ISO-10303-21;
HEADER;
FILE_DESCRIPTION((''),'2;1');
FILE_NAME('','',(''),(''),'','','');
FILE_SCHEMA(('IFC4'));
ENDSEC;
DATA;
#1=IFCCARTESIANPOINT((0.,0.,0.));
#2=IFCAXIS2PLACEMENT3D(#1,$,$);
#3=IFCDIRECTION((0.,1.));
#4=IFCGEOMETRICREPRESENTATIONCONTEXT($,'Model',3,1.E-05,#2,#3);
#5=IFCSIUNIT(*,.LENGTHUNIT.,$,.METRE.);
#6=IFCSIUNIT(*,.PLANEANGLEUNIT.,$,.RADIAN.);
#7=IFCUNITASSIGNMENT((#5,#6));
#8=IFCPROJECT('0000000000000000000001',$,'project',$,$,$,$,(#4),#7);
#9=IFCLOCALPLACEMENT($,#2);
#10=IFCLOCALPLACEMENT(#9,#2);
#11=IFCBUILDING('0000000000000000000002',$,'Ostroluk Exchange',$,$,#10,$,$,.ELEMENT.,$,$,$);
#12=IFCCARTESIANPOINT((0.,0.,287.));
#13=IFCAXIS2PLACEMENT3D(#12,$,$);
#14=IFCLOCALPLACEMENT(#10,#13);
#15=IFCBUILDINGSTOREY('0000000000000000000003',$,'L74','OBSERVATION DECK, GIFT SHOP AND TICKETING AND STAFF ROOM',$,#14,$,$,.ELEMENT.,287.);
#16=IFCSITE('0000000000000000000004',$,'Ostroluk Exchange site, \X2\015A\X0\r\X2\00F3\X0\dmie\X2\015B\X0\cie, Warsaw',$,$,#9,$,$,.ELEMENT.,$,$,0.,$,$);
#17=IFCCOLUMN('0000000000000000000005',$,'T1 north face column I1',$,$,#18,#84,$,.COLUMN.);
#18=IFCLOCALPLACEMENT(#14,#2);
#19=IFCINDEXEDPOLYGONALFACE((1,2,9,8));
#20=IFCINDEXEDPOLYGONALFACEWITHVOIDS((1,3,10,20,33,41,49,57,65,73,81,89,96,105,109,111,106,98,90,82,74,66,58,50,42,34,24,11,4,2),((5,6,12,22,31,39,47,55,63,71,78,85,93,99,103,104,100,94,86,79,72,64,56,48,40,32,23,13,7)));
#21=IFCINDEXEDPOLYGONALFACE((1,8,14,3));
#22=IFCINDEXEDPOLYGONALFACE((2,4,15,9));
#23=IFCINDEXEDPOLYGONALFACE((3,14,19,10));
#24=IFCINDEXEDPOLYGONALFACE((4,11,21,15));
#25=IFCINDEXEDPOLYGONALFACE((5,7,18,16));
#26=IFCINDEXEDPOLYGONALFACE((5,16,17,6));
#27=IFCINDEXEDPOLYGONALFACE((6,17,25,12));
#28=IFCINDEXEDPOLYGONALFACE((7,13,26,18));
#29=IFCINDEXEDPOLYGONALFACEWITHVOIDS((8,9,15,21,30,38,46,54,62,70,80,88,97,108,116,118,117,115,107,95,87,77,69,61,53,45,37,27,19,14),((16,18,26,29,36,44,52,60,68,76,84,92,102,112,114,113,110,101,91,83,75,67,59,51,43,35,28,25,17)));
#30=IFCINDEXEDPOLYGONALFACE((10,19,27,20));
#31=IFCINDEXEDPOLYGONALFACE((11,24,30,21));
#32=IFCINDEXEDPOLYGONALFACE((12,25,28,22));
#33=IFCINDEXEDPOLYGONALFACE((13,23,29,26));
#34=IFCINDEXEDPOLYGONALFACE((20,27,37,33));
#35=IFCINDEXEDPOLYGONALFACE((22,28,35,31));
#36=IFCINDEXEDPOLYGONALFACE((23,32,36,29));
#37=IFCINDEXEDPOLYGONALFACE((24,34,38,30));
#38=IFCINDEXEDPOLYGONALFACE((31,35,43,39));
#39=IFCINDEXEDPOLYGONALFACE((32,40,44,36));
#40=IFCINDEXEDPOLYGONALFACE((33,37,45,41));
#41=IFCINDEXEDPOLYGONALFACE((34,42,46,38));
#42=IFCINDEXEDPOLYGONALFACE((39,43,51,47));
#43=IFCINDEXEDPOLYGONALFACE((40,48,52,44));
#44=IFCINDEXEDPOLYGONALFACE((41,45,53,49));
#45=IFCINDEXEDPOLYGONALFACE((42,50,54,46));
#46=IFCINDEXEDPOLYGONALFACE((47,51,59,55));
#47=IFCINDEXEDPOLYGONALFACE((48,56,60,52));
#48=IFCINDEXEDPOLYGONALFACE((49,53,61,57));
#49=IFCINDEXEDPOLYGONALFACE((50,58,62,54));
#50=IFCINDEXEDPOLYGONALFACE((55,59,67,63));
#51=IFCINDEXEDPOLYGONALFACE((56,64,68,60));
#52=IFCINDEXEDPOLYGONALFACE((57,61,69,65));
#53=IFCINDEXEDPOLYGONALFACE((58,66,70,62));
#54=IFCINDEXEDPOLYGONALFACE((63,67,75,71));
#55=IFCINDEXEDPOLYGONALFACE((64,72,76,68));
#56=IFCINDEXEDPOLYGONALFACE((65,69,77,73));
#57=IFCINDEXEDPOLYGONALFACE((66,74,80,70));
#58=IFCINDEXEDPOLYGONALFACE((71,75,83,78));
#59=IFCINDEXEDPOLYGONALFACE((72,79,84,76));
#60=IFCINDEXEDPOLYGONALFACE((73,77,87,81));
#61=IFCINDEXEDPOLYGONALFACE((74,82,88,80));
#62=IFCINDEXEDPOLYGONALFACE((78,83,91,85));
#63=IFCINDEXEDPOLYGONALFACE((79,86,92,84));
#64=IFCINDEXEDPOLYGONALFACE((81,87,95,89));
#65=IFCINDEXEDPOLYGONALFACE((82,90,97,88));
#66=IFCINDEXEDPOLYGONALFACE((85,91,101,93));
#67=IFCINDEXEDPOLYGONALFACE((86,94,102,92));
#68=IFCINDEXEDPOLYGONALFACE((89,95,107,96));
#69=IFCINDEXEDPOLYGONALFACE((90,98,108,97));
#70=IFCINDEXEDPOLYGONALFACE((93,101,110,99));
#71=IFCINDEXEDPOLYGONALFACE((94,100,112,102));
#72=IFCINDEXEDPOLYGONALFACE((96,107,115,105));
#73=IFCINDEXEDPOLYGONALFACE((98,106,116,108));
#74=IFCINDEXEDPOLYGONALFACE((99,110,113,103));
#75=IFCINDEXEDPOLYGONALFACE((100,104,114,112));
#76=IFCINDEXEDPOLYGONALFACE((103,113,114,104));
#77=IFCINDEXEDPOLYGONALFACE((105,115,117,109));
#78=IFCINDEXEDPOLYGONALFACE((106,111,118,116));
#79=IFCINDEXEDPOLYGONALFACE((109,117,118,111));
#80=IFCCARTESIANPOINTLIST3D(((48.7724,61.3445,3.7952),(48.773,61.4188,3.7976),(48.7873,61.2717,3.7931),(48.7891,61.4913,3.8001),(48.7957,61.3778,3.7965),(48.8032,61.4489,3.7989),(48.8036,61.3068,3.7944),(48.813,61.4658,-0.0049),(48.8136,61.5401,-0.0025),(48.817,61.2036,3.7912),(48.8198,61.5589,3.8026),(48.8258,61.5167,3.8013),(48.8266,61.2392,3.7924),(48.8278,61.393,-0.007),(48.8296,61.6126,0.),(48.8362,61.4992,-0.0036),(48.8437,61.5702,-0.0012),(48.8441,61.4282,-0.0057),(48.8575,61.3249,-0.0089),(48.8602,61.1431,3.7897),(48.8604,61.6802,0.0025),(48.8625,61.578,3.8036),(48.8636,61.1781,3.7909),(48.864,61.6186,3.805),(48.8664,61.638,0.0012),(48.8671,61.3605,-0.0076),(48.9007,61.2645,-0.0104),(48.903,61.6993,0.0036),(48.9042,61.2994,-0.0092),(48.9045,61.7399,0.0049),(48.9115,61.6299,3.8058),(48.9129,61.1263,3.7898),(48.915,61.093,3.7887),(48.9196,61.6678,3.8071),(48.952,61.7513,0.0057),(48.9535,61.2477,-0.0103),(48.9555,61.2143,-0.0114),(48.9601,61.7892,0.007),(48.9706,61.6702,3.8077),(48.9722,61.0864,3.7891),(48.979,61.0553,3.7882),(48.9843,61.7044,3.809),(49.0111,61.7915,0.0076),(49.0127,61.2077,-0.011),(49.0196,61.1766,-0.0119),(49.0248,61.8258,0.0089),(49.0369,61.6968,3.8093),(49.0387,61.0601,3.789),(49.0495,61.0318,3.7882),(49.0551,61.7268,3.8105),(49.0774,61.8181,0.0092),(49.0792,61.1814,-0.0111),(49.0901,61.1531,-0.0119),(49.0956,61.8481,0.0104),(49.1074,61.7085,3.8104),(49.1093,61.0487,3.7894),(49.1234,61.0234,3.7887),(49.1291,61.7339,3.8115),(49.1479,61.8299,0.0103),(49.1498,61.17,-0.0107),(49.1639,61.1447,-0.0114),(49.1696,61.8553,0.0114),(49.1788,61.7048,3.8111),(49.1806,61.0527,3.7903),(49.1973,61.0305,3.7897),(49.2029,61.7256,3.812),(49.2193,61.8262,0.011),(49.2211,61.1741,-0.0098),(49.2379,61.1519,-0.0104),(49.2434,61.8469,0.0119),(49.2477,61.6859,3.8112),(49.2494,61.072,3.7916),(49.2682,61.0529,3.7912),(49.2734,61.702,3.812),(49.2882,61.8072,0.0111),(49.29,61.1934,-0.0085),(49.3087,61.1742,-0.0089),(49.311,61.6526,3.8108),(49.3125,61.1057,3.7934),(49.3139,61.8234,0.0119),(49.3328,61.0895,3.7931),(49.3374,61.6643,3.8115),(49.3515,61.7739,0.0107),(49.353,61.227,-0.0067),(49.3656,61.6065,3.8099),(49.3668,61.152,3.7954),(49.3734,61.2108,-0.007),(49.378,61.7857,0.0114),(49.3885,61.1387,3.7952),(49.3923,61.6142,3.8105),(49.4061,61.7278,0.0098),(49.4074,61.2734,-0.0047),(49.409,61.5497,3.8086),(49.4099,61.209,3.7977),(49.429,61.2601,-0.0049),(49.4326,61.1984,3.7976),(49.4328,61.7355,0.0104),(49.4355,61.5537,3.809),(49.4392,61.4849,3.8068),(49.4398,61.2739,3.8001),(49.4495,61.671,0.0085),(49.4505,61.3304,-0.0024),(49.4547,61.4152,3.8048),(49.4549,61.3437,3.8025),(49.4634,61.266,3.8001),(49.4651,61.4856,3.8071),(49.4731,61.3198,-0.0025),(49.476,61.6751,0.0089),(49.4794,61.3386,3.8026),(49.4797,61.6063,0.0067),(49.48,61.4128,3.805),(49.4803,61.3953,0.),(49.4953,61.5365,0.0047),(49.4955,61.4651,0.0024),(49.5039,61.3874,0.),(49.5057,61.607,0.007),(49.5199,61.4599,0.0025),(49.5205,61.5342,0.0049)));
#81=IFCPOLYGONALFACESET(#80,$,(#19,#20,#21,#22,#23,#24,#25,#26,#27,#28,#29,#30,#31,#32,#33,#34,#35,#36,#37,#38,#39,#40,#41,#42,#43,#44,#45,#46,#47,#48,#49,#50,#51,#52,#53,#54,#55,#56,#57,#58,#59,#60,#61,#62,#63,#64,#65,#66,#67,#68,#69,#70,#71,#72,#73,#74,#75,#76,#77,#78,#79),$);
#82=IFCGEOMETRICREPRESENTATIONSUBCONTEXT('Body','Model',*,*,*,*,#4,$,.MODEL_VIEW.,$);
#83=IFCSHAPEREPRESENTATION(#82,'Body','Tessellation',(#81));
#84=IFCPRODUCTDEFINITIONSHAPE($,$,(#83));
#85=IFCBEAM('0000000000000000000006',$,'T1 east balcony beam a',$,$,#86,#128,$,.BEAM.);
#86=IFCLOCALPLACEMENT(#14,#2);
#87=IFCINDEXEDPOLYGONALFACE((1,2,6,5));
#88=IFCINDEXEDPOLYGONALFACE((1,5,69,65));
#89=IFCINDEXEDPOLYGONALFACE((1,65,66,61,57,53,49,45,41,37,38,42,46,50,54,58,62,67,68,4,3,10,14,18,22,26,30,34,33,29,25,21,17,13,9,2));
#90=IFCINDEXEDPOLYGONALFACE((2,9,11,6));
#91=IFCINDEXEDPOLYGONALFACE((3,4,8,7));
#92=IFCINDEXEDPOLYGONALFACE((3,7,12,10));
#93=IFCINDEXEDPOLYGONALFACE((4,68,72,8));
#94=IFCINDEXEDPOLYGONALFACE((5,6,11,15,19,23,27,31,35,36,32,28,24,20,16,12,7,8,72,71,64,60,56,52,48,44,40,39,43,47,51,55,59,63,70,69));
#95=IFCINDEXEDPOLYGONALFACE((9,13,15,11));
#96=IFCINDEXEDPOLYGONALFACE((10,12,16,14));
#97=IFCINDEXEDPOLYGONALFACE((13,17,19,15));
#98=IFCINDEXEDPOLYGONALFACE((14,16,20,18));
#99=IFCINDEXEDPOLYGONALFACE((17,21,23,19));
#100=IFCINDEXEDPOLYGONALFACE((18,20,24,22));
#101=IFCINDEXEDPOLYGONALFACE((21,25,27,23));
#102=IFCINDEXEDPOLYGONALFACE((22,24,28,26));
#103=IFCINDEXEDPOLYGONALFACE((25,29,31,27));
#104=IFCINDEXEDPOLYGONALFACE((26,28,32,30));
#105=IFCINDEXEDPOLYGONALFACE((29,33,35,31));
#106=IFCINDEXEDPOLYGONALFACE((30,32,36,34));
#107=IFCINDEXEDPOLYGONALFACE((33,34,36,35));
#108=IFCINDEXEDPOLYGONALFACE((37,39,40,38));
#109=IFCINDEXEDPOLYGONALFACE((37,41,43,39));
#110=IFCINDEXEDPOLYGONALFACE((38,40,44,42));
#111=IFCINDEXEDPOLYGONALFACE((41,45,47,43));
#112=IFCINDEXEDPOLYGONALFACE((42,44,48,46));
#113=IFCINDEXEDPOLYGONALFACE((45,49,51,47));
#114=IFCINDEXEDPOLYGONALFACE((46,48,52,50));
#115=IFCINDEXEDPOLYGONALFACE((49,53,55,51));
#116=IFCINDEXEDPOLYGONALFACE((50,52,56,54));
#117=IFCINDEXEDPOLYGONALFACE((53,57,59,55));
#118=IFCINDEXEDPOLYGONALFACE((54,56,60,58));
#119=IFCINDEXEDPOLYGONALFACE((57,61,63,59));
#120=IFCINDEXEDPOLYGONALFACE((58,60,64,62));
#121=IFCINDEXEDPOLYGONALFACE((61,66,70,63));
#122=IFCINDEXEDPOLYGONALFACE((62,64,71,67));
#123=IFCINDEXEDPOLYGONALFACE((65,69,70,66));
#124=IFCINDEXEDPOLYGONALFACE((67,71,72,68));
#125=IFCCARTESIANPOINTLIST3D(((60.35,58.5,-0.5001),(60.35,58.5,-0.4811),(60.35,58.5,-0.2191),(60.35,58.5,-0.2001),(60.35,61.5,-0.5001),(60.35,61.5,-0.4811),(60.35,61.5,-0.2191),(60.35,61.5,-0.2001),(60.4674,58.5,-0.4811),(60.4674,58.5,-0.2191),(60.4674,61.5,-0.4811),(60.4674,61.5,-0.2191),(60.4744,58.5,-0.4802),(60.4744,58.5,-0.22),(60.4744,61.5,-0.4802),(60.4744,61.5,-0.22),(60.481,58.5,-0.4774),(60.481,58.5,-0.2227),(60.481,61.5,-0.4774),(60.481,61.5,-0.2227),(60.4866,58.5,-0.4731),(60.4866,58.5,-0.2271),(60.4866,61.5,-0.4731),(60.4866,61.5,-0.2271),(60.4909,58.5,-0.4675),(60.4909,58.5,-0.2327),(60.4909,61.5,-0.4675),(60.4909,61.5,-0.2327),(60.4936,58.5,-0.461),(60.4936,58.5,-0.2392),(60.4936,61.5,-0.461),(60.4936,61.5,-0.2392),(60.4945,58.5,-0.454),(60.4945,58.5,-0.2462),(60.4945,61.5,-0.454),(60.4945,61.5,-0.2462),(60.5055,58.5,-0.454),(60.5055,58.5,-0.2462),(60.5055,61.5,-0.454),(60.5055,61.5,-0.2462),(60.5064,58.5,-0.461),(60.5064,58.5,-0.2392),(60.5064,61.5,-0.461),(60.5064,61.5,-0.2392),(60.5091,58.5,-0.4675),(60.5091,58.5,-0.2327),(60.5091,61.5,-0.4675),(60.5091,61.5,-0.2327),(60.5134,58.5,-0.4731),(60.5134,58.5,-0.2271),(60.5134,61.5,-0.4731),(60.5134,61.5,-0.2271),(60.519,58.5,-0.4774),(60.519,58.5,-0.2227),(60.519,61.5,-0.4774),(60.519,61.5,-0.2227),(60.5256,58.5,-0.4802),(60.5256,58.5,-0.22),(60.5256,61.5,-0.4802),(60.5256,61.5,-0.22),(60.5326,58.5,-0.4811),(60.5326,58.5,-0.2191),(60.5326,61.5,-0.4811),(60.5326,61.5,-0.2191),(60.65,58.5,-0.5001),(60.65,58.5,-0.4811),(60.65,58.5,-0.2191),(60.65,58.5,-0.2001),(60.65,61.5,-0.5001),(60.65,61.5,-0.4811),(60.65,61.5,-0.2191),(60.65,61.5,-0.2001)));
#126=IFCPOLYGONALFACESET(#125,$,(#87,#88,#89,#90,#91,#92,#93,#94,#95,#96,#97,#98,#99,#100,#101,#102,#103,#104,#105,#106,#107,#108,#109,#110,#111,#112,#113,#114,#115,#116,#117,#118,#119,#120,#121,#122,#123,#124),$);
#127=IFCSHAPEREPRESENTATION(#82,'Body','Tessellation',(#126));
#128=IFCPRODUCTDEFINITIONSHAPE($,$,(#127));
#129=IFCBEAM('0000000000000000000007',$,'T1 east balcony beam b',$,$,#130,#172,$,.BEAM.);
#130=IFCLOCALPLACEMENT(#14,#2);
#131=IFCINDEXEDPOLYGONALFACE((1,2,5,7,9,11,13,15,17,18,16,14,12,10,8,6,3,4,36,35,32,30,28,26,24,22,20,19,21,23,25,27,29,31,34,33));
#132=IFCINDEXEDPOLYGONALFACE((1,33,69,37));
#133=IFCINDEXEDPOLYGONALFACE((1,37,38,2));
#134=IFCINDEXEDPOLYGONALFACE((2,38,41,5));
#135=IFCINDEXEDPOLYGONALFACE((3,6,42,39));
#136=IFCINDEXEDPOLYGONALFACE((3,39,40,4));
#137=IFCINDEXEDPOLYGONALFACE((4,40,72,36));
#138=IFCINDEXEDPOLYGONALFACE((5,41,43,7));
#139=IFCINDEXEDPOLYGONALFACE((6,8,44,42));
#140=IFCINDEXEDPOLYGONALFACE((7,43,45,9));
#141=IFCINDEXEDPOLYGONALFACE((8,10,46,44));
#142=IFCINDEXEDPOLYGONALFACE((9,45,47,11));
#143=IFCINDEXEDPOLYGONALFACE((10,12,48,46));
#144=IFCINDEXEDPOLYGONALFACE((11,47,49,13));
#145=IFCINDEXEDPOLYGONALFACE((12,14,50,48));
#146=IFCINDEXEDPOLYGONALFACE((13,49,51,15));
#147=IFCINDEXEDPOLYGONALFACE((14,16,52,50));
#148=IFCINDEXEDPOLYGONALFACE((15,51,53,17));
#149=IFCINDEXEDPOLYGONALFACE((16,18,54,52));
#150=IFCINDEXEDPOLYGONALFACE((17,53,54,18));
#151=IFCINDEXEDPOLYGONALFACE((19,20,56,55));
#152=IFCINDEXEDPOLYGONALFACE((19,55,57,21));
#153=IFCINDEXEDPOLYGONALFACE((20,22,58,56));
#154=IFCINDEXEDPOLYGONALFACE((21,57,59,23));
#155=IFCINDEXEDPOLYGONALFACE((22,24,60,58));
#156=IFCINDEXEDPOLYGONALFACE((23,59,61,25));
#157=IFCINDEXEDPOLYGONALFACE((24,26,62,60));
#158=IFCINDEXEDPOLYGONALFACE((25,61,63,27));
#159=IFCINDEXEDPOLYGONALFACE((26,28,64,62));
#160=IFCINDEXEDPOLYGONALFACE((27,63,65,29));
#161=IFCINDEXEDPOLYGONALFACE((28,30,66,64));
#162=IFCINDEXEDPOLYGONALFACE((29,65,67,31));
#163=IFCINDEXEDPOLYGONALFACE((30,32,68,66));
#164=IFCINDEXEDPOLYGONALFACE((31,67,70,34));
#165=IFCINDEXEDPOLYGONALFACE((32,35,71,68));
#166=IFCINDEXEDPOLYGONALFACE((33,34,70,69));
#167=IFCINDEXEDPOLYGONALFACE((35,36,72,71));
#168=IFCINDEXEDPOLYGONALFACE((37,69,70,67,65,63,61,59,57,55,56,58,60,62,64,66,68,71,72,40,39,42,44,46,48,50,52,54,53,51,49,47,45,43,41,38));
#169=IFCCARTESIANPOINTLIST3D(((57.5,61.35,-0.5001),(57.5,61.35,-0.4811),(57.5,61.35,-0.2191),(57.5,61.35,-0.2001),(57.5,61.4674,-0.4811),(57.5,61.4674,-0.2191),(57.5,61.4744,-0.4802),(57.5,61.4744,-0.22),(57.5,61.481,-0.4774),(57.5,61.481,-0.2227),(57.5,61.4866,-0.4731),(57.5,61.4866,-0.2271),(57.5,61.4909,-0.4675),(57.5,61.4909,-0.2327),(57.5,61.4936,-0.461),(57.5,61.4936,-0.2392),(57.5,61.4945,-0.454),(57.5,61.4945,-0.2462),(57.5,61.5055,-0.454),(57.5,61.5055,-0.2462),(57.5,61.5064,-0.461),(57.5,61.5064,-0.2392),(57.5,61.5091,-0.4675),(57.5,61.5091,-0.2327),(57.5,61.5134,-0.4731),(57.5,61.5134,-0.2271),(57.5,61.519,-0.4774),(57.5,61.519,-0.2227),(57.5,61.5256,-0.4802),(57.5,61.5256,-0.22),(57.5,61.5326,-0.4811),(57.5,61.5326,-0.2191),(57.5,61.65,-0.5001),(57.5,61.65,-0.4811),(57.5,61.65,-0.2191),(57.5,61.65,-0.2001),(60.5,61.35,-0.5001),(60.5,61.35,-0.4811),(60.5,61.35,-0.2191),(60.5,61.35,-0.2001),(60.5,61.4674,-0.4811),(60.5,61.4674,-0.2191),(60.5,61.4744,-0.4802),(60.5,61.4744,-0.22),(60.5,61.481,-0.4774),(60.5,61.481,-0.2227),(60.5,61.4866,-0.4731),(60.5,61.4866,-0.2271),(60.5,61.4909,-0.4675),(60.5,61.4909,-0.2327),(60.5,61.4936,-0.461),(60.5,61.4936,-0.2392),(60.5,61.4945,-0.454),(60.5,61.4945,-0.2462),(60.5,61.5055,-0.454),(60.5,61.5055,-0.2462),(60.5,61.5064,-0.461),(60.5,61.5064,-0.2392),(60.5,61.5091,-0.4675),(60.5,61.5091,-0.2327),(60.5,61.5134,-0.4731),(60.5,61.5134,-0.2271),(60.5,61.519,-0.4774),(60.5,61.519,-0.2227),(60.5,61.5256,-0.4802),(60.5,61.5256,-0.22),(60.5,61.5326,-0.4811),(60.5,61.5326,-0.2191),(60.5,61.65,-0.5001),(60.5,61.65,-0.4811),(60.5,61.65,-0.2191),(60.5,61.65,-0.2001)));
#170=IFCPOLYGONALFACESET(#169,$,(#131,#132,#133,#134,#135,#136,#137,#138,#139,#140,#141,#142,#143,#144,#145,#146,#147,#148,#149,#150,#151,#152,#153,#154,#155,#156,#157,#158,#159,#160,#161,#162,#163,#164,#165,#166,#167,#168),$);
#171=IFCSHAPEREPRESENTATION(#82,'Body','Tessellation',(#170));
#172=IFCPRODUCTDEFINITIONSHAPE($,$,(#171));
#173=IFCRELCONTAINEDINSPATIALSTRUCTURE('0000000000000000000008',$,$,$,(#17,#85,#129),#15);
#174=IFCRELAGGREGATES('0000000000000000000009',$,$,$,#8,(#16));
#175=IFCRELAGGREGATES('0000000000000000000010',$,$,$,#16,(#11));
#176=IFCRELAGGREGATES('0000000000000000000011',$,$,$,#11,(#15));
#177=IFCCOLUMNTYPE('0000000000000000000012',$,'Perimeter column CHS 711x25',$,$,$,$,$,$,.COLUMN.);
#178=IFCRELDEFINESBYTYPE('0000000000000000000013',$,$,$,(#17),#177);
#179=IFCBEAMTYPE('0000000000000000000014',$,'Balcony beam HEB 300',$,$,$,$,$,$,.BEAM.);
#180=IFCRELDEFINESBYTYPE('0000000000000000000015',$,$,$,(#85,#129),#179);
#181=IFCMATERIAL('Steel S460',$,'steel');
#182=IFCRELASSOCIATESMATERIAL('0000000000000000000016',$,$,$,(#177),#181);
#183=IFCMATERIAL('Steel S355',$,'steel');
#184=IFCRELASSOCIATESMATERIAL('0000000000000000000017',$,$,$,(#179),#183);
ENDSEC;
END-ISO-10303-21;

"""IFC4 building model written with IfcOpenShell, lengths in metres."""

from ifc_helpers import new_model, si_unit, direction, frame, origin, origin_2d, place, context, subcontext, project, spatial, hollow_circle, i_section, extrude, material, material_profile, profile_set, type_object, element, save


model = new_model("IFC4")

# Units and contexts
model_context = context("Model", 3, precision=1e-05, world=origin(), true_north=direction((0.0, 1.0)))
body_context = subcontext(model_context, "Body", "Model", "MODEL_VIEW")
ifc_project = project(units=[si_unit("LENGTHUNIT", "METRE"), si_unit("PLANEANGLEUNIT", "RADIAN")], contexts=[model_context])

# Site, building, storey
site_placement = place(None, origin())
site = spatial("IfcSite", under=ifc_project, at=site_placement, Name="Ostroluk Exchange site, Śródmieście, Warsaw", CompositionType="ELEMENT", RefElevation=0.0)
building_placement = place(site_placement, origin())
building = spatial("IfcBuilding", under=site, at=building_placement, Name="Ostroluk Exchange", CompositionType="ELEMENT")
storey_placement = place(building_placement, frame((0.0, 0.0, 287.0)))
storey = spatial("IfcBuildingStorey", under=building, at=storey_placement, Name="L74", Description="OBSERVATION DECK, GIFT SHOP AND TICKETING AND STAFF ROOM", CompositionType="ELEMENT", Elevation=287.0)

# Column
ifc_material_1 = material(Name="Steel S460", Category="steel")
ifc_material_profile_1 = material_profile(ifc_material_1, hollow_circle(Radius=0.3555, WallThickness=0.0249, at=origin_2d()), Name="CHS 711x25")
ifc_profile_set_1 = profile_set([ifc_material_profile_1], Name="Steel S460")
column_type_1 = type_object("IfcColumnType", Name="Perimeter column CHS 711x25", PredefinedType="COLUMN", material=ifc_profile_set_1)
column_1_placement = place(storey_placement, frame((49.1667, 61.5, 0.0), z_axis=(-0.010659, -0.031913, 0.999434), x_axis=(0.948492, -0.3168, 0.0)))
element("IfcColumn", 1, at=column_1_placement, inside=storey, type_object=column_type_1, Name="T1 north face column I1", PredefinedType="COLUMN", context=body_context, shape_type="SweptSolid", body=[
    extrude(hollow_circle(Radius=0.3555, WallThickness=0.0249, at=origin_2d()), origin(), (0.0, 0.0, 1.0), 3.8022),
])

# Beams
ifc_material_2 = material(Name="Steel S355", Category="steel")
ifc_material_profile_2 = material_profile(ifc_material_2, i_section(OverallWidth=0.3, OverallDepth=0.3, WebThickness=0.011, FlangeThickness=0.019, FilletRadius=0.0271, at=origin_2d()), Name="HEB 300")
ifc_profile_set_2 = profile_set([ifc_material_profile_2], Name="Steel S355")
beam_type_1 = type_object("IfcBeamType", Name="Balcony beam HEB 300", PredefinedType="BEAM", material=ifc_profile_set_2)
for number, where, z_axis, x_axis, name in (
    (2, (60.5, 58.5, -0.3501), (0.0, 1.0, 0.0), (-1.0, 0.0, 0.0), "T1 east balcony beam a"),
    (3, (57.5, 61.5, -0.3501), (1.0, 0.0, 0.0), (0.0, 1.0, 0.0), "T1 east balcony beam b"),
):
    element("IfcBeam", number, at=place(storey_placement, frame(where, z_axis=z_axis, x_axis=x_axis)), inside=storey, type_object=beam_type_1, Name=name, PredefinedType="BEAM", context=body_context, shape_type="SweptSolid", body=[
        extrude(i_section(OverallWidth=0.3, OverallDepth=0.3, WebThickness=0.011, FlangeThickness=0.019, FilletRadius=0.0271, at=origin_2d()), origin(), (0.0, 0.0, 1.0), 3.0),
    ])

save(model, "model.ifc")
